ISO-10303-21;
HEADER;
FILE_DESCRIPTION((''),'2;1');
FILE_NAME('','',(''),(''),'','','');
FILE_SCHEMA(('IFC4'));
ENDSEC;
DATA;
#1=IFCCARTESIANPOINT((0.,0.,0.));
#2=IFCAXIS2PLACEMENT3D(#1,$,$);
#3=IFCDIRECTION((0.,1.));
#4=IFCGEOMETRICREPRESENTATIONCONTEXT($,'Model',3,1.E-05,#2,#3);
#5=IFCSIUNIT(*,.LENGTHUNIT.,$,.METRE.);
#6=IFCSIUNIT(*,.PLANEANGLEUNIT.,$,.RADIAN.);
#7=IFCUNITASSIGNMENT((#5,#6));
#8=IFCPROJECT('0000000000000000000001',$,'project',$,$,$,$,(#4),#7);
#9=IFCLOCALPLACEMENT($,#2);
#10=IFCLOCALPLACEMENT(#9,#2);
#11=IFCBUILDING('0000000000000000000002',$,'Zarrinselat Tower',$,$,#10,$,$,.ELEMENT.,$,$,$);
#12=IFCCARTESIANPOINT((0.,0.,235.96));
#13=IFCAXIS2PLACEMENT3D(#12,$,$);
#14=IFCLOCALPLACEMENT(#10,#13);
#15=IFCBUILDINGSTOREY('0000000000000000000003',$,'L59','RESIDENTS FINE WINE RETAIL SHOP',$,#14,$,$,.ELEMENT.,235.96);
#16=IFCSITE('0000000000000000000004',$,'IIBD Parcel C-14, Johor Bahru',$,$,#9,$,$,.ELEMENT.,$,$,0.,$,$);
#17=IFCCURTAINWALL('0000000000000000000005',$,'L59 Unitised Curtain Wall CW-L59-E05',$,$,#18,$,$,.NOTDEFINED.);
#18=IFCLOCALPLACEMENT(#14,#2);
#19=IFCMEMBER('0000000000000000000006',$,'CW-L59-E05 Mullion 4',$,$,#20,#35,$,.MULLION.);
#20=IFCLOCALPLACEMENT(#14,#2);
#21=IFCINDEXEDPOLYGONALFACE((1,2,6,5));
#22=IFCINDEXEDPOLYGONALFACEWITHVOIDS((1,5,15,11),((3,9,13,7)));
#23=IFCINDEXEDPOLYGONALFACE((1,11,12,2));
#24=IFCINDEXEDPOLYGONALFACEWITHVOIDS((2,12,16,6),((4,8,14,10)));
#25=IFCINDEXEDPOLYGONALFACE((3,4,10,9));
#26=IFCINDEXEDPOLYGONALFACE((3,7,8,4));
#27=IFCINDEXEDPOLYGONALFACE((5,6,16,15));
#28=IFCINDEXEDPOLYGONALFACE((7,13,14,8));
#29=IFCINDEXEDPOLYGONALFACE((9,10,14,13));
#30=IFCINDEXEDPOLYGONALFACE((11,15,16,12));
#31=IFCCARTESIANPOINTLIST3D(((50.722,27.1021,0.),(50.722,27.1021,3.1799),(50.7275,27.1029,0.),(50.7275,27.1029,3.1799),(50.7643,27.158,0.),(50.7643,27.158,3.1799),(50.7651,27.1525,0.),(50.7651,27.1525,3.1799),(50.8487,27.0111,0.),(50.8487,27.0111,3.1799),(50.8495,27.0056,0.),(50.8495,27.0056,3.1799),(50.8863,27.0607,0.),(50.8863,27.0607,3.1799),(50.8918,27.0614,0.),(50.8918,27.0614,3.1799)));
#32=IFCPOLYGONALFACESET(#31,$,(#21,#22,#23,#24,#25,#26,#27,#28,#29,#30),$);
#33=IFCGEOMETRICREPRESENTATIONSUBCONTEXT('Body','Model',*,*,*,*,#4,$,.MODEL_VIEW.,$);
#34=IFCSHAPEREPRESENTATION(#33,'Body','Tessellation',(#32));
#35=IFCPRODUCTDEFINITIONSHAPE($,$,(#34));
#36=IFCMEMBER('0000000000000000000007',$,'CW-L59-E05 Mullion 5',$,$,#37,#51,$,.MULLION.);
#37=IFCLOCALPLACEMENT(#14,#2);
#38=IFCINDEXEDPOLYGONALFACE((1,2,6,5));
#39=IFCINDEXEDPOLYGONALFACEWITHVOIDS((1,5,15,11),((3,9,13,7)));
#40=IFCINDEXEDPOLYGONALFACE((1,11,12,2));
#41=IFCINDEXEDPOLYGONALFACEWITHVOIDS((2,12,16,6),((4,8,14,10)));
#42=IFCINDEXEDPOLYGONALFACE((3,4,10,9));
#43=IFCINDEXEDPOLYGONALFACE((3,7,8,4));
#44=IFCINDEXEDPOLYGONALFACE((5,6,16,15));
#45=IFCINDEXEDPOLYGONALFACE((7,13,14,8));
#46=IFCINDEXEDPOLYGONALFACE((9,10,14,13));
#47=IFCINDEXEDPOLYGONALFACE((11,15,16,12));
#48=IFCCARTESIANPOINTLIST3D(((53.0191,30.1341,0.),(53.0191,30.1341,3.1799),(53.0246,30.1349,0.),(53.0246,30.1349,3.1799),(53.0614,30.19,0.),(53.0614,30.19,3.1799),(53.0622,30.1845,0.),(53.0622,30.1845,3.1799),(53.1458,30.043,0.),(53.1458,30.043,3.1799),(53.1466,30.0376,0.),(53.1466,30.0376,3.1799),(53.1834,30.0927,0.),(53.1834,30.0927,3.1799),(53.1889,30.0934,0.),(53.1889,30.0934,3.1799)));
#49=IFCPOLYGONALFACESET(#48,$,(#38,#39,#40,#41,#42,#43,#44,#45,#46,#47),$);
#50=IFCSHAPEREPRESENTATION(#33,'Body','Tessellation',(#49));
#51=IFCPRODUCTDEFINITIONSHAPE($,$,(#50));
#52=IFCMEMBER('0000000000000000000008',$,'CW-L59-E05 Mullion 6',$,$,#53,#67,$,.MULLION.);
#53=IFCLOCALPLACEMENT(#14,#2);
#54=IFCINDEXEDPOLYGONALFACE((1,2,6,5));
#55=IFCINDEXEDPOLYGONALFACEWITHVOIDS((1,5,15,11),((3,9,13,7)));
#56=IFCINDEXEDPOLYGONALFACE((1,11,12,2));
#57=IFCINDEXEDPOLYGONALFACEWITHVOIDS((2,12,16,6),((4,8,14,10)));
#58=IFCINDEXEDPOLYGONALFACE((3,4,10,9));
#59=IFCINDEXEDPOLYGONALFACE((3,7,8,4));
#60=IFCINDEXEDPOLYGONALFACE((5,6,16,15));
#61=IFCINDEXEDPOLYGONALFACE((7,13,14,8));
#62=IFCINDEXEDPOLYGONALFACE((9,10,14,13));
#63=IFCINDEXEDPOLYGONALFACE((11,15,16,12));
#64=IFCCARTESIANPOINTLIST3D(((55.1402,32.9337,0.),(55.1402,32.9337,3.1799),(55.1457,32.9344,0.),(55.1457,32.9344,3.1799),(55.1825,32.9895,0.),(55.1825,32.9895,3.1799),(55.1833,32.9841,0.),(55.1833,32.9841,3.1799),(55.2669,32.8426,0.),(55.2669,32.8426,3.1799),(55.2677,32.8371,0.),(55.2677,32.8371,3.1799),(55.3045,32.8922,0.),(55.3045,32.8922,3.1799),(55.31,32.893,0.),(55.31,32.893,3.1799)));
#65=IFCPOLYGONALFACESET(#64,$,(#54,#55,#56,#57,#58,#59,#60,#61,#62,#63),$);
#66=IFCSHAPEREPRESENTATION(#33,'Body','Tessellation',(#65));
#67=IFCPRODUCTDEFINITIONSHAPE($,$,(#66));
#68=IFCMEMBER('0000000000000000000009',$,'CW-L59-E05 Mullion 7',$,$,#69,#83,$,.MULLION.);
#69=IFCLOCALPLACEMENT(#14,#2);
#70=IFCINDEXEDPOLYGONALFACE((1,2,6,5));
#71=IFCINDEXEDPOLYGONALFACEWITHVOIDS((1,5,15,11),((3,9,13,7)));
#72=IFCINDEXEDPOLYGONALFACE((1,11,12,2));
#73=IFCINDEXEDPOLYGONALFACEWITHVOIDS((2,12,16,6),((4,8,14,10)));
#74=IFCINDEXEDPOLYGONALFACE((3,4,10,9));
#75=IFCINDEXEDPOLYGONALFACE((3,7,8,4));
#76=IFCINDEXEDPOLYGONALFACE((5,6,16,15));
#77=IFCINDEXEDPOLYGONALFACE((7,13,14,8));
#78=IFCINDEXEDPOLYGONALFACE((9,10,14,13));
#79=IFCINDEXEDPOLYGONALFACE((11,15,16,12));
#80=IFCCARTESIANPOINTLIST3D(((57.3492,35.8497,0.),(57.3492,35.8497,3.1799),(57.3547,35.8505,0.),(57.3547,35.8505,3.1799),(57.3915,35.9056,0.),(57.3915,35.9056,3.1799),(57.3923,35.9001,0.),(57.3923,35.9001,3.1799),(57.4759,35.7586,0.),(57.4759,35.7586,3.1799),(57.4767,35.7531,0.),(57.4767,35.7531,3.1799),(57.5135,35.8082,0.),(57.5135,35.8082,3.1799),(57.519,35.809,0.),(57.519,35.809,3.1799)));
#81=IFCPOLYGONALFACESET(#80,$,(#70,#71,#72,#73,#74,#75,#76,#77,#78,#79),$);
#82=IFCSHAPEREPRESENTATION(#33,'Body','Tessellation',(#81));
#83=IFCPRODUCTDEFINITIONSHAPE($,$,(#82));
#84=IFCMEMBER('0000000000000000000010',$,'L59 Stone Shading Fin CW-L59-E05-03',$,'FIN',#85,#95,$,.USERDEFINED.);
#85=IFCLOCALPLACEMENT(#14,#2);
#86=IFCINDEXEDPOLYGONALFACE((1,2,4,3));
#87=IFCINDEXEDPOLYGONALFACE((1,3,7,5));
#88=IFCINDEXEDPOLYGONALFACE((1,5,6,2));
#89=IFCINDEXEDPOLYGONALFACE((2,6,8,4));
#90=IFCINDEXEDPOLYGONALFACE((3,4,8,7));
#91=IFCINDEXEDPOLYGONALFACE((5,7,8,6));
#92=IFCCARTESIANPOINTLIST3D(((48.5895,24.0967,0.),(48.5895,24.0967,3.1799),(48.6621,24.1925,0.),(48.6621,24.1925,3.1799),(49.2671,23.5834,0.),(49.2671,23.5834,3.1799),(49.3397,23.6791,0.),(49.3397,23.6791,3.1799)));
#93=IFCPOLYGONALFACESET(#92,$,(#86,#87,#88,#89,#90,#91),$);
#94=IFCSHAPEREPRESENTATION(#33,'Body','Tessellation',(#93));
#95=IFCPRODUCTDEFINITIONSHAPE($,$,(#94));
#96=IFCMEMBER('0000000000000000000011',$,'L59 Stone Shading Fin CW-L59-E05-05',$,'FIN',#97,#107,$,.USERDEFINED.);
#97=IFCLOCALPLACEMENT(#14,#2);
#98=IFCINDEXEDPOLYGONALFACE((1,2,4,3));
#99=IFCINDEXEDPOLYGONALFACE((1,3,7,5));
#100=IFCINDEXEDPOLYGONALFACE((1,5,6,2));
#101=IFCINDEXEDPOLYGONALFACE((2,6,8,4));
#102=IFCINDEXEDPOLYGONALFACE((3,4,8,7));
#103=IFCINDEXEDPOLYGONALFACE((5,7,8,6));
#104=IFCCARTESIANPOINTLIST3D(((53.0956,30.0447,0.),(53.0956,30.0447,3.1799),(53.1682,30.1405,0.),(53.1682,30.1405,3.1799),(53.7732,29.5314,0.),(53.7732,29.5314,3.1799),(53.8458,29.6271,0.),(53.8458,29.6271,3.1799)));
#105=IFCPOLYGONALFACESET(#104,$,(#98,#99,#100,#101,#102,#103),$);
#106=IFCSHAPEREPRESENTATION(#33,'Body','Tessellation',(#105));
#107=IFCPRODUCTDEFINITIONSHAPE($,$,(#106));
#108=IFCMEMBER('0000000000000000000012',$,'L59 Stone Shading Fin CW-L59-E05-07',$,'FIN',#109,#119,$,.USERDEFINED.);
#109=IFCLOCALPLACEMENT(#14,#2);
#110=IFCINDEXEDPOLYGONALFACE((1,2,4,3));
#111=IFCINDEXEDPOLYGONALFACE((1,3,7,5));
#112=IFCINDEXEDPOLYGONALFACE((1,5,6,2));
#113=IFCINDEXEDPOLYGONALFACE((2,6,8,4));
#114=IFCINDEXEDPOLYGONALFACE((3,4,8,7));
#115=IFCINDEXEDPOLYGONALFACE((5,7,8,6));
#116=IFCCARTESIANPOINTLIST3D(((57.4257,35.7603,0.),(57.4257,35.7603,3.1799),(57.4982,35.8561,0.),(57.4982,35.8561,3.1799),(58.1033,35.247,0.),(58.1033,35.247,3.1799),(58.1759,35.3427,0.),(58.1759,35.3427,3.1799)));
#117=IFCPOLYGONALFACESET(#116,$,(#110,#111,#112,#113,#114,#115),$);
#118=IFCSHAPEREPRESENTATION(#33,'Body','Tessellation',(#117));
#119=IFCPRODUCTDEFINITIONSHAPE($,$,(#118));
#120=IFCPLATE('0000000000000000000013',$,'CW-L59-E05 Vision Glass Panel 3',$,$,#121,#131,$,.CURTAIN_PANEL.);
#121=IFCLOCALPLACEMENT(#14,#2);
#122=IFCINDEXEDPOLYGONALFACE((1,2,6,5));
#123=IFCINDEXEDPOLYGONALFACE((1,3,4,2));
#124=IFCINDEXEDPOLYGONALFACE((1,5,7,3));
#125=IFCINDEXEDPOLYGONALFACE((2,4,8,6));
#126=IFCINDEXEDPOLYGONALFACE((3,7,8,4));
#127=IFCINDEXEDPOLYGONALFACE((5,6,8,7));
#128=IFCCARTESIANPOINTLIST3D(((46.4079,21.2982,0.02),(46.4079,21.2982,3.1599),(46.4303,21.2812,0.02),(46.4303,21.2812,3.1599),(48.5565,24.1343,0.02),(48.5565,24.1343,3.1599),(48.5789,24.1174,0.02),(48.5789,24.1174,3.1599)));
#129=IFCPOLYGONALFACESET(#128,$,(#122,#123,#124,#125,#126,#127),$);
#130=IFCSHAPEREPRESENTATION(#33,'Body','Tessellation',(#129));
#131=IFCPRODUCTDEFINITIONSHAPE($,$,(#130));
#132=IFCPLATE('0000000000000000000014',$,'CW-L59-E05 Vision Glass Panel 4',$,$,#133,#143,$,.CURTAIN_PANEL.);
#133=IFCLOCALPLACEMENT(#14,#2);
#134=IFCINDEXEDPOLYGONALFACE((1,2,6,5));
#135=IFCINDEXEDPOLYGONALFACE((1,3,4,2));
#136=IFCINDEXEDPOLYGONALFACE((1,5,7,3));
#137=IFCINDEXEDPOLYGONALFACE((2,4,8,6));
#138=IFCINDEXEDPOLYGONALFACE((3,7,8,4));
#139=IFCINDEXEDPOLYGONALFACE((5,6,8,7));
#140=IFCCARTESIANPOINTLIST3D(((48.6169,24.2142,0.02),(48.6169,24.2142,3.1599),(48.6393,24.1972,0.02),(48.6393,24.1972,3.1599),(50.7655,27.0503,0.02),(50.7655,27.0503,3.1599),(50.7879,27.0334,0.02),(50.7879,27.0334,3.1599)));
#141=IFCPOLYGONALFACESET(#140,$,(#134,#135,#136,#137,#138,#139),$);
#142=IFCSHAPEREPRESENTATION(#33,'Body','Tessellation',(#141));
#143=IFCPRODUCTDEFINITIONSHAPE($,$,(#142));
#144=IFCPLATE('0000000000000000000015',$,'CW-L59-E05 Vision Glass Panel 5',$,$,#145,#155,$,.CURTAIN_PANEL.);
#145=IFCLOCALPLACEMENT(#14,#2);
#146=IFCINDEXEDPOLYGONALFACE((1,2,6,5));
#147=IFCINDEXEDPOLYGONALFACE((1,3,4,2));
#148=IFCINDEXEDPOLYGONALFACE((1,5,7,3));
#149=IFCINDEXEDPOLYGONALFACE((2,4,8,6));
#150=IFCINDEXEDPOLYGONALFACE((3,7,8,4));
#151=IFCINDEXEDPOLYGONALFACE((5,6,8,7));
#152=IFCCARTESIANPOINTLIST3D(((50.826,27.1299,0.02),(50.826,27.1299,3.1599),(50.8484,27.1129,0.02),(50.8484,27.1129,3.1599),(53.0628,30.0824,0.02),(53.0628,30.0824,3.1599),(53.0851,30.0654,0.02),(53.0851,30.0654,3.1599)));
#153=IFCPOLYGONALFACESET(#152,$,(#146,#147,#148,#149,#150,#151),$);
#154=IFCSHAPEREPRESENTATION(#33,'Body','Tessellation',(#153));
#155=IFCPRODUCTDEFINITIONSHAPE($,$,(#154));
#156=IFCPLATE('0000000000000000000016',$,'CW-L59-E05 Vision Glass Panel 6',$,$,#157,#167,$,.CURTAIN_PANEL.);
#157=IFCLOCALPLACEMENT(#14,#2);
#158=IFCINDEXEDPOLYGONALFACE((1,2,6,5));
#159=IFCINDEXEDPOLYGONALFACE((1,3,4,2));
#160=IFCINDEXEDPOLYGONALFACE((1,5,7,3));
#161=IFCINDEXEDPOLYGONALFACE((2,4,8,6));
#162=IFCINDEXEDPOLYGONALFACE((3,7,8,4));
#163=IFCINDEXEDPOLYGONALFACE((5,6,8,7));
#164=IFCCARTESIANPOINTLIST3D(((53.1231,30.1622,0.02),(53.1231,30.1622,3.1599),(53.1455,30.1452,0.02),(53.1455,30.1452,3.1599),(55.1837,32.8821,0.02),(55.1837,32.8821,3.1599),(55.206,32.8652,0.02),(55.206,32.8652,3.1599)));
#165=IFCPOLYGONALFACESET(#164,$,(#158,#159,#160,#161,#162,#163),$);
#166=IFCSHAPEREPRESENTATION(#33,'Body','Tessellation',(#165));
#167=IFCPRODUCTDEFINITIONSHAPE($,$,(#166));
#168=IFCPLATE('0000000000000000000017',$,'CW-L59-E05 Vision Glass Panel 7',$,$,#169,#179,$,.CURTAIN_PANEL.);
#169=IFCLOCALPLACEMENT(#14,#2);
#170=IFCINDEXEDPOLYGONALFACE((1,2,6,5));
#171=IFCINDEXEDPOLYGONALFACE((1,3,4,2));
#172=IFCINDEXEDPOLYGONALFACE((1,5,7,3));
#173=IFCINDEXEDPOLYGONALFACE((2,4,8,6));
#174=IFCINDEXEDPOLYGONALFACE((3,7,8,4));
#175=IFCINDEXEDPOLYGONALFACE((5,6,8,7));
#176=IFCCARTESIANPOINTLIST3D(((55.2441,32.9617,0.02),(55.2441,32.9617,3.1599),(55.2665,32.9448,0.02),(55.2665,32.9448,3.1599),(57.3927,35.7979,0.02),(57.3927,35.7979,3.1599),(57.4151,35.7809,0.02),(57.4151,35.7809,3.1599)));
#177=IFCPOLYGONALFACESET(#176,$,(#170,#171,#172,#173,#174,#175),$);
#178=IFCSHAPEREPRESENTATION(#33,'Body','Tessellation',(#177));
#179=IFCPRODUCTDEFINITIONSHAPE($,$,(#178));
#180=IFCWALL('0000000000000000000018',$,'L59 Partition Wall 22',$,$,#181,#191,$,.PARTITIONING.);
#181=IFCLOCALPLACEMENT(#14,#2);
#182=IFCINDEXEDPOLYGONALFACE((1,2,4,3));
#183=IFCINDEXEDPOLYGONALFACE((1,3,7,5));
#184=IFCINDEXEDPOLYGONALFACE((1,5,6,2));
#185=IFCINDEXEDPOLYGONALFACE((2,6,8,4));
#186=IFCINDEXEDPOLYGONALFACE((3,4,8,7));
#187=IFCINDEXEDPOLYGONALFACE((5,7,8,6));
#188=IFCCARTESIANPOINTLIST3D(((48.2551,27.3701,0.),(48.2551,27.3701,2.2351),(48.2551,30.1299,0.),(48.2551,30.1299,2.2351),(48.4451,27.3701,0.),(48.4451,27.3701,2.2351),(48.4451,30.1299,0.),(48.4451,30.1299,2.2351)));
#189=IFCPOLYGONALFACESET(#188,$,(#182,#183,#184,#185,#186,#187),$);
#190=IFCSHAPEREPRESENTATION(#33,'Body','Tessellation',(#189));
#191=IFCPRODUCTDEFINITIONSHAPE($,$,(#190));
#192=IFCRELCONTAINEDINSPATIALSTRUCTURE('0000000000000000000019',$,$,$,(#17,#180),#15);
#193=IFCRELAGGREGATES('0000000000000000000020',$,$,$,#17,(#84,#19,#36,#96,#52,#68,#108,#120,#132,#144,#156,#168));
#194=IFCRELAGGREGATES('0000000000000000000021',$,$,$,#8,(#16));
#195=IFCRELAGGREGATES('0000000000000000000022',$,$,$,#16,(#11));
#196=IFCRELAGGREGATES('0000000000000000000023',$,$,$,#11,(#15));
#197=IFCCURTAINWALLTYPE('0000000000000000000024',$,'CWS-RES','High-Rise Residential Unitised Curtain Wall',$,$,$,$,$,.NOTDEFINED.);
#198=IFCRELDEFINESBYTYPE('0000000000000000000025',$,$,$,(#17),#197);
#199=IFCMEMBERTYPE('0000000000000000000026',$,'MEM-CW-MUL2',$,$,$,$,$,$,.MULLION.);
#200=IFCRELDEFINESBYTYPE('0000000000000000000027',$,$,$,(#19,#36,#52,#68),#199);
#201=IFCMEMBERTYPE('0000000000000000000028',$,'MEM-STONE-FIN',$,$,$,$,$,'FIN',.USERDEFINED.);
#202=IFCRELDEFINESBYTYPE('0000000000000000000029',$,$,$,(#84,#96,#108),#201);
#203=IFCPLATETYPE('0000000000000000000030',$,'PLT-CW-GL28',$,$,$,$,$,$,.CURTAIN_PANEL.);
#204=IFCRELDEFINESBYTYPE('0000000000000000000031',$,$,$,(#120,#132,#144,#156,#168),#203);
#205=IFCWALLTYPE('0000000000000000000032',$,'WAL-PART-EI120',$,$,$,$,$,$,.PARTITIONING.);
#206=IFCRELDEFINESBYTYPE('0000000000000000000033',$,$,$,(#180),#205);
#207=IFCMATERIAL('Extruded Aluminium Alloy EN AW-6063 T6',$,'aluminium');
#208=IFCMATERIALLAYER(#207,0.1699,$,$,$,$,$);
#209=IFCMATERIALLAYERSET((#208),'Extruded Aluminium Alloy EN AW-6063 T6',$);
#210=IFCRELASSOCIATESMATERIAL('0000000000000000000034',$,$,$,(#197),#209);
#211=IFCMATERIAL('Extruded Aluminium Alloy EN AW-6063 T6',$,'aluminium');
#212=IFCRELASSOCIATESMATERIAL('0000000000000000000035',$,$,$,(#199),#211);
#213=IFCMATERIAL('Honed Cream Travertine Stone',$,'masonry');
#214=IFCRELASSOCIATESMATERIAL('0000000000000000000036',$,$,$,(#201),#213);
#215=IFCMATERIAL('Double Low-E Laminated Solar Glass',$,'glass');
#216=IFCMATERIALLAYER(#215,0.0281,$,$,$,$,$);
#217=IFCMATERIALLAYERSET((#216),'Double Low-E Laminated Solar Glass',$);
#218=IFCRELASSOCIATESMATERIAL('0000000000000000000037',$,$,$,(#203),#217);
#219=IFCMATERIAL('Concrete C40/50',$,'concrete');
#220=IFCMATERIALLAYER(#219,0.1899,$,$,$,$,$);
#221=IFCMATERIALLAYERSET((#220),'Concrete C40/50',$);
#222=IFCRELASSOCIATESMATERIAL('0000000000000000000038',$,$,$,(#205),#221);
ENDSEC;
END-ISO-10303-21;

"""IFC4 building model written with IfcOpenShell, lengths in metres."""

from ifc_helpers import new_model, si_unit, direction, frame, frame_2d, origin, origin_2d, place, context, subcontext, project, spatial, rectangle, hollow_rectangle, extrude, material, layer, layer_set, material_profile, profile_set, type_object, element, aggregate, save


model = new_model("IFC4")

# Units and contexts
model_context = context("Model", 3, precision=1e-05, world=origin(), true_north=direction((0.0, 1.0)))
body_context = subcontext(model_context, "Body", "Model", "MODEL_VIEW")
ifc_project = project(units=[si_unit("LENGTHUNIT", "METRE"), si_unit("PLANEANGLEUNIT", "RADIAN")], contexts=[model_context])

# Site, building, storey
site_placement = place(None, origin())
site = spatial("IfcSite", under=ifc_project, at=site_placement, Name="IIBD Parcel C-14, Johor Bahru", CompositionType="ELEMENT", RefElevation=0.0)
building_placement = place(site_placement, origin())
building = spatial("IfcBuilding", under=site, at=building_placement, Name="Zarrinselat Tower", CompositionType="ELEMENT")
storey_placement = place(building_placement, frame((0.0, 0.0, 235.96)))
storey = spatial("IfcBuildingStorey", under=building, at=storey_placement, Name="L59", Description="RESIDENTS FINE WINE RETAIL SHOP", CompositionType="ELEMENT", Elevation=235.96)

# Curtain wall, members, plates
ifc_material_1 = material(Name="Extruded Aluminium Alloy EN AW-6063 T6", Category="aluminium")
ifc_layer_1 = layer(ifc_material_1, 0.1699)
ifc_layer_set_1 = layer_set([ifc_layer_1], Name="Extruded Aluminium Alloy EN AW-6063 T6")
curtain_wall_type = type_object("IfcCurtainWallType", Name="CWS-RES", Description="High-Rise Residential Unitised Curtain Wall", PredefinedType="NOTDEFINED", material=ifc_layer_set_1)
curtain_wall_placement = place(storey_placement, origin())
curtain_wall = element("IfcCurtainWall", 1, at=curtain_wall_placement, inside=storey, type_object=curtain_wall_type, Name="L59 Unitised Curtain Wall CW-L59-E05", PredefinedType="NOTDEFINED")
ifc_material_2 = material(Name="Extruded Aluminium Alloy EN AW-6063 T6", Category="aluminium")
ifc_material_profile_1 = material_profile(ifc_material_2, hollow_rectangle(XDim=0.0701, YDim=0.1599, WallThickness=0.0039, at=origin_2d()), Name="RHS 160x70x4")
ifc_profile_set_1 = profile_set([ifc_material_profile_1], Name="Extruded Aluminium Alloy EN AW-6063 T6")
member_type_1 = type_object("IfcMemberType", Name="MEM-CW-MUL2", PredefinedType="MULLION", material=ifc_profile_set_1)
member_1_placement = place(storey_placement, frame((50.8069, 27.0818, 0.0), z_axis=(0.0, 0.0, 1.0), x_axis=(0.603859, 0.797091, 0.0)))
member_1 = element("IfcMember", 2, at=member_1_placement, type_object=member_type_1, Name="CW-L59-E05 Mullion 4", PredefinedType="MULLION", context=body_context, shape_type="SweptSolid", body=[
    extrude(hollow_rectangle(XDim=0.0701, YDim=0.1599, WallThickness=0.0039, at=origin_2d()), origin(), (0.0, 0.0, 1.0), 3.1799),
])
member_2_placement = place(storey_placement, frame((53.104, 30.1138, 0.0), z_axis=(0.0, 0.0, 1.0), x_axis=(0.603859, 0.797091, 0.0)))
member_2 = element("IfcMember", 3, at=member_2_placement, type_object=member_type_1, Name="CW-L59-E05 Mullion 5", PredefinedType="MULLION", context=body_context, shape_type="SweptSolid", body=[
    extrude(hollow_rectangle(XDim=0.0701, YDim=0.1599, WallThickness=0.0039, at=origin_2d()), origin(), (0.0, 0.0, 1.0), 3.1799),
])
member_3_placement = place(storey_placement, frame((55.2251, 32.9133, 0.0), z_axis=(0.0, 0.0, 1.0), x_axis=(0.603859, 0.797091, 0.0)))
member_3 = element("IfcMember", 4, at=member_3_placement, type_object=member_type_1, Name="CW-L59-E05 Mullion 6", PredefinedType="MULLION", context=body_context, shape_type="SweptSolid", body=[
    extrude(hollow_rectangle(XDim=0.0701, YDim=0.1599, WallThickness=0.0039, at=origin_2d()), origin(), (0.0, 0.0, 1.0), 3.1799),
])
member_4_placement = place(storey_placement, frame((57.4341, 35.8293, 0.0), z_axis=(0.0, 0.0, 1.0), x_axis=(0.603859, 0.797091, 0.0)))
member_4 = element("IfcMember", 5, at=member_4_placement, type_object=member_type_1, Name="CW-L59-E05 Mullion 7", PredefinedType="MULLION", context=body_context, shape_type="SweptSolid", body=[
    extrude(hollow_rectangle(XDim=0.0701, YDim=0.1599, WallThickness=0.0039, at=origin_2d()), origin(), (0.0, 0.0, 1.0), 3.1799),
])
ifc_material_3 = material(Name="Honed Cream Travertine Stone", Category="masonry")
ifc_material_profile_2 = material_profile(ifc_material_3, rectangle(XDim=0.1201, YDim=0.8501, at=origin_2d()), Name="FIN 850x120")
ifc_profile_set_2 = profile_set([ifc_material_profile_2], Name="Honed Cream Travertine Stone")
member_type_2 = type_object("IfcMemberType", Name="MEM-STONE-FIN", ElementType="FIN", PredefinedType="USERDEFINED", material=ifc_profile_set_2)
member_5_placement = place(storey_placement, frame((48.9646, 23.8879, 0.0), z_axis=(0.0, 0.0, 1.0), x_axis=(-0.603859, -0.797091, 0.0)))
member_5 = element("IfcMember", 6, at=member_5_placement, type_object=member_type_2, Name="L59 Stone Shading Fin CW-L59-E05-03", ObjectType="FIN", PredefinedType="USERDEFINED", context=body_context, shape_type="SweptSolid", body=[
    extrude(rectangle(XDim=0.1201, YDim=0.8501, at=origin_2d()), origin(), (0.0, 0.0, 1.0), 3.1799),
])
member_6_placement = place(storey_placement, frame((53.4707, 29.8359, 0.0), z_axis=(0.0, 0.0, 1.0), x_axis=(-0.603859, -0.797091, 0.0)))
member_6 = element("IfcMember", 7, at=member_6_placement, type_object=member_type_2, Name="L59 Stone Shading Fin CW-L59-E05-05", ObjectType="FIN", PredefinedType="USERDEFINED", context=body_context, shape_type="SweptSolid", body=[
    extrude(rectangle(XDim=0.1201, YDim=0.8501, at=origin_2d()), origin(), (0.0, 0.0, 1.0), 3.1799),
])
member_7_placement = place(storey_placement, frame((57.8008, 35.5515, 0.0), z_axis=(0.0, 0.0, 1.0), x_axis=(-0.603859, -0.797091, 0.0)))
member_7 = element("IfcMember", 8, at=member_7_placement, type_object=member_type_2, Name="L59 Stone Shading Fin CW-L59-E05-07", ObjectType="FIN", PredefinedType="USERDEFINED", context=body_context, shape_type="SweptSolid", body=[
    extrude(rectangle(XDim=0.1201, YDim=0.8501, at=origin_2d()), origin(), (0.0, 0.0, 1.0), 3.1799),
])
ifc_material_4 = material(Name="Double Low-E Laminated Solar Glass", Category="glass")
ifc_layer_2 = layer(ifc_material_4, 0.0281)
ifc_layer_set_2 = layer_set([ifc_layer_2], Name="Double Low-E Laminated Solar Glass")
plate_type = type_object("IfcPlateType", Name="PLT-CW-GL28", PredefinedType="CURTAIN_PANEL", material=ifc_layer_set_2)
plate_1_placement = place(storey_placement, frame((47.4934, 22.7078, 0.02), z_axis=(0.0, 0.0, 1.0), x_axis=(0.603859, 0.797091, 0.0)))
plate_1 = element("IfcPlate", 9, at=plate_1_placement, type_object=plate_type, Name="CW-L59-E05 Vision Glass Panel 3", PredefinedType="CURTAIN_PANEL", context=body_context, shape_type="SweptSolid", body=[
    extrude(rectangle(XDim=3.5581, YDim=0.0281, at=origin_2d()), origin(), (0.0, 0.0, 1.0), 3.1399),
])
plate_2_placement = place(storey_placement, frame((49.7024, 25.6238, 0.02), z_axis=(0.0, 0.0, 1.0), x_axis=(0.603859, 0.797091, 0.0)))
plate_2 = element("IfcPlate", 10, at=plate_2_placement, type_object=plate_type, Name="CW-L59-E05 Vision Glass Panel 4", PredefinedType="CURTAIN_PANEL", context=body_context, shape_type="SweptSolid", body=[
    extrude(rectangle(XDim=3.5581, YDim=0.0281, at=origin_2d()), origin(), (0.0, 0.0, 1.0), 3.1399),
])
plate_3_placement = place(storey_placement, frame((51.9556, 28.5977, 0.02), z_axis=(0.0, 0.0, 1.0), x_axis=(0.603859, 0.797091, 0.0)))
plate_3 = element("IfcPlate", 11, at=plate_3_placement, type_object=plate_type, Name="CW-L59-E05 Vision Glass Panel 5", PredefinedType="CURTAIN_PANEL", context=body_context, shape_type="SweptSolid", body=[
    extrude(rectangle(XDim=3.7041, YDim=0.0281, at=origin_2d()), origin(), (0.0, 0.0, 1.0), 3.1399),
])
plate_4_placement = place(storey_placement, frame((54.1646, 31.5137, 0.02), z_axis=(0.0, 0.0, 1.0), x_axis=(0.603859, 0.797091, 0.0)))
plate_4 = element("IfcPlate", 12, at=plate_4_placement, type_object=plate_type, Name="CW-L59-E05 Vision Glass Panel 6", PredefinedType="CURTAIN_PANEL", context=body_context, shape_type="SweptSolid", body=[
    extrude(rectangle(XDim=3.4124, YDim=0.0281, at=origin_2d()), origin(), (0.0, 0.0, 1.0), 3.1399),
])
plate_5_placement = place(storey_placement, frame((56.3296, 34.3713, 0.02), z_axis=(0.0, 0.0, 1.0), x_axis=(0.603859, 0.797091, 0.0)))
plate_5 = element("IfcPlate", 13, at=plate_5_placement, type_object=plate_type, Name="CW-L59-E05 Vision Glass Panel 7", PredefinedType="CURTAIN_PANEL", context=body_context, shape_type="SweptSolid", body=[
    extrude(rectangle(XDim=3.5581, YDim=0.0281, at=origin_2d()), origin(), (0.0, 0.0, 1.0), 3.1399),
])
aggregate(curtain_wall, [member_5, member_1, member_2, member_6, member_3, member_4, member_7, plate_1, plate_2, plate_3, plate_4, plate_5])

# Wall
ifc_material_5 = material(Name="Concrete C40/50", Category="concrete")
ifc_layer_3 = layer(ifc_material_5, 0.1899)
ifc_layer_set_3 = layer_set([ifc_layer_3], Name="Concrete C40/50")
wall_type_1 = type_object("IfcWallType", Name="WAL-PART-EI120", PredefinedType="PARTITIONING", material=ifc_layer_set_3)
wall_1_placement = place(storey_placement, frame((48.3501, 27.3701, 0.0), z_axis=(0.0, 0.0, 1.0), x_axis=(0.0, 1.0, 0.0)))
element("IfcWall", 14, at=wall_1_placement, inside=storey, type_object=wall_type_1, Name="L59 Partition Wall 22", PredefinedType="PARTITIONING", context=body_context, shape_type="SweptSolid", body=[
    extrude(rectangle(XDim=2.7598, YDim=0.1899, at=frame_2d((1.3799, 0.0))), origin(), (0.0, 0.0, 1.0), 2.2351),
])

save(model, "model.ifc")
